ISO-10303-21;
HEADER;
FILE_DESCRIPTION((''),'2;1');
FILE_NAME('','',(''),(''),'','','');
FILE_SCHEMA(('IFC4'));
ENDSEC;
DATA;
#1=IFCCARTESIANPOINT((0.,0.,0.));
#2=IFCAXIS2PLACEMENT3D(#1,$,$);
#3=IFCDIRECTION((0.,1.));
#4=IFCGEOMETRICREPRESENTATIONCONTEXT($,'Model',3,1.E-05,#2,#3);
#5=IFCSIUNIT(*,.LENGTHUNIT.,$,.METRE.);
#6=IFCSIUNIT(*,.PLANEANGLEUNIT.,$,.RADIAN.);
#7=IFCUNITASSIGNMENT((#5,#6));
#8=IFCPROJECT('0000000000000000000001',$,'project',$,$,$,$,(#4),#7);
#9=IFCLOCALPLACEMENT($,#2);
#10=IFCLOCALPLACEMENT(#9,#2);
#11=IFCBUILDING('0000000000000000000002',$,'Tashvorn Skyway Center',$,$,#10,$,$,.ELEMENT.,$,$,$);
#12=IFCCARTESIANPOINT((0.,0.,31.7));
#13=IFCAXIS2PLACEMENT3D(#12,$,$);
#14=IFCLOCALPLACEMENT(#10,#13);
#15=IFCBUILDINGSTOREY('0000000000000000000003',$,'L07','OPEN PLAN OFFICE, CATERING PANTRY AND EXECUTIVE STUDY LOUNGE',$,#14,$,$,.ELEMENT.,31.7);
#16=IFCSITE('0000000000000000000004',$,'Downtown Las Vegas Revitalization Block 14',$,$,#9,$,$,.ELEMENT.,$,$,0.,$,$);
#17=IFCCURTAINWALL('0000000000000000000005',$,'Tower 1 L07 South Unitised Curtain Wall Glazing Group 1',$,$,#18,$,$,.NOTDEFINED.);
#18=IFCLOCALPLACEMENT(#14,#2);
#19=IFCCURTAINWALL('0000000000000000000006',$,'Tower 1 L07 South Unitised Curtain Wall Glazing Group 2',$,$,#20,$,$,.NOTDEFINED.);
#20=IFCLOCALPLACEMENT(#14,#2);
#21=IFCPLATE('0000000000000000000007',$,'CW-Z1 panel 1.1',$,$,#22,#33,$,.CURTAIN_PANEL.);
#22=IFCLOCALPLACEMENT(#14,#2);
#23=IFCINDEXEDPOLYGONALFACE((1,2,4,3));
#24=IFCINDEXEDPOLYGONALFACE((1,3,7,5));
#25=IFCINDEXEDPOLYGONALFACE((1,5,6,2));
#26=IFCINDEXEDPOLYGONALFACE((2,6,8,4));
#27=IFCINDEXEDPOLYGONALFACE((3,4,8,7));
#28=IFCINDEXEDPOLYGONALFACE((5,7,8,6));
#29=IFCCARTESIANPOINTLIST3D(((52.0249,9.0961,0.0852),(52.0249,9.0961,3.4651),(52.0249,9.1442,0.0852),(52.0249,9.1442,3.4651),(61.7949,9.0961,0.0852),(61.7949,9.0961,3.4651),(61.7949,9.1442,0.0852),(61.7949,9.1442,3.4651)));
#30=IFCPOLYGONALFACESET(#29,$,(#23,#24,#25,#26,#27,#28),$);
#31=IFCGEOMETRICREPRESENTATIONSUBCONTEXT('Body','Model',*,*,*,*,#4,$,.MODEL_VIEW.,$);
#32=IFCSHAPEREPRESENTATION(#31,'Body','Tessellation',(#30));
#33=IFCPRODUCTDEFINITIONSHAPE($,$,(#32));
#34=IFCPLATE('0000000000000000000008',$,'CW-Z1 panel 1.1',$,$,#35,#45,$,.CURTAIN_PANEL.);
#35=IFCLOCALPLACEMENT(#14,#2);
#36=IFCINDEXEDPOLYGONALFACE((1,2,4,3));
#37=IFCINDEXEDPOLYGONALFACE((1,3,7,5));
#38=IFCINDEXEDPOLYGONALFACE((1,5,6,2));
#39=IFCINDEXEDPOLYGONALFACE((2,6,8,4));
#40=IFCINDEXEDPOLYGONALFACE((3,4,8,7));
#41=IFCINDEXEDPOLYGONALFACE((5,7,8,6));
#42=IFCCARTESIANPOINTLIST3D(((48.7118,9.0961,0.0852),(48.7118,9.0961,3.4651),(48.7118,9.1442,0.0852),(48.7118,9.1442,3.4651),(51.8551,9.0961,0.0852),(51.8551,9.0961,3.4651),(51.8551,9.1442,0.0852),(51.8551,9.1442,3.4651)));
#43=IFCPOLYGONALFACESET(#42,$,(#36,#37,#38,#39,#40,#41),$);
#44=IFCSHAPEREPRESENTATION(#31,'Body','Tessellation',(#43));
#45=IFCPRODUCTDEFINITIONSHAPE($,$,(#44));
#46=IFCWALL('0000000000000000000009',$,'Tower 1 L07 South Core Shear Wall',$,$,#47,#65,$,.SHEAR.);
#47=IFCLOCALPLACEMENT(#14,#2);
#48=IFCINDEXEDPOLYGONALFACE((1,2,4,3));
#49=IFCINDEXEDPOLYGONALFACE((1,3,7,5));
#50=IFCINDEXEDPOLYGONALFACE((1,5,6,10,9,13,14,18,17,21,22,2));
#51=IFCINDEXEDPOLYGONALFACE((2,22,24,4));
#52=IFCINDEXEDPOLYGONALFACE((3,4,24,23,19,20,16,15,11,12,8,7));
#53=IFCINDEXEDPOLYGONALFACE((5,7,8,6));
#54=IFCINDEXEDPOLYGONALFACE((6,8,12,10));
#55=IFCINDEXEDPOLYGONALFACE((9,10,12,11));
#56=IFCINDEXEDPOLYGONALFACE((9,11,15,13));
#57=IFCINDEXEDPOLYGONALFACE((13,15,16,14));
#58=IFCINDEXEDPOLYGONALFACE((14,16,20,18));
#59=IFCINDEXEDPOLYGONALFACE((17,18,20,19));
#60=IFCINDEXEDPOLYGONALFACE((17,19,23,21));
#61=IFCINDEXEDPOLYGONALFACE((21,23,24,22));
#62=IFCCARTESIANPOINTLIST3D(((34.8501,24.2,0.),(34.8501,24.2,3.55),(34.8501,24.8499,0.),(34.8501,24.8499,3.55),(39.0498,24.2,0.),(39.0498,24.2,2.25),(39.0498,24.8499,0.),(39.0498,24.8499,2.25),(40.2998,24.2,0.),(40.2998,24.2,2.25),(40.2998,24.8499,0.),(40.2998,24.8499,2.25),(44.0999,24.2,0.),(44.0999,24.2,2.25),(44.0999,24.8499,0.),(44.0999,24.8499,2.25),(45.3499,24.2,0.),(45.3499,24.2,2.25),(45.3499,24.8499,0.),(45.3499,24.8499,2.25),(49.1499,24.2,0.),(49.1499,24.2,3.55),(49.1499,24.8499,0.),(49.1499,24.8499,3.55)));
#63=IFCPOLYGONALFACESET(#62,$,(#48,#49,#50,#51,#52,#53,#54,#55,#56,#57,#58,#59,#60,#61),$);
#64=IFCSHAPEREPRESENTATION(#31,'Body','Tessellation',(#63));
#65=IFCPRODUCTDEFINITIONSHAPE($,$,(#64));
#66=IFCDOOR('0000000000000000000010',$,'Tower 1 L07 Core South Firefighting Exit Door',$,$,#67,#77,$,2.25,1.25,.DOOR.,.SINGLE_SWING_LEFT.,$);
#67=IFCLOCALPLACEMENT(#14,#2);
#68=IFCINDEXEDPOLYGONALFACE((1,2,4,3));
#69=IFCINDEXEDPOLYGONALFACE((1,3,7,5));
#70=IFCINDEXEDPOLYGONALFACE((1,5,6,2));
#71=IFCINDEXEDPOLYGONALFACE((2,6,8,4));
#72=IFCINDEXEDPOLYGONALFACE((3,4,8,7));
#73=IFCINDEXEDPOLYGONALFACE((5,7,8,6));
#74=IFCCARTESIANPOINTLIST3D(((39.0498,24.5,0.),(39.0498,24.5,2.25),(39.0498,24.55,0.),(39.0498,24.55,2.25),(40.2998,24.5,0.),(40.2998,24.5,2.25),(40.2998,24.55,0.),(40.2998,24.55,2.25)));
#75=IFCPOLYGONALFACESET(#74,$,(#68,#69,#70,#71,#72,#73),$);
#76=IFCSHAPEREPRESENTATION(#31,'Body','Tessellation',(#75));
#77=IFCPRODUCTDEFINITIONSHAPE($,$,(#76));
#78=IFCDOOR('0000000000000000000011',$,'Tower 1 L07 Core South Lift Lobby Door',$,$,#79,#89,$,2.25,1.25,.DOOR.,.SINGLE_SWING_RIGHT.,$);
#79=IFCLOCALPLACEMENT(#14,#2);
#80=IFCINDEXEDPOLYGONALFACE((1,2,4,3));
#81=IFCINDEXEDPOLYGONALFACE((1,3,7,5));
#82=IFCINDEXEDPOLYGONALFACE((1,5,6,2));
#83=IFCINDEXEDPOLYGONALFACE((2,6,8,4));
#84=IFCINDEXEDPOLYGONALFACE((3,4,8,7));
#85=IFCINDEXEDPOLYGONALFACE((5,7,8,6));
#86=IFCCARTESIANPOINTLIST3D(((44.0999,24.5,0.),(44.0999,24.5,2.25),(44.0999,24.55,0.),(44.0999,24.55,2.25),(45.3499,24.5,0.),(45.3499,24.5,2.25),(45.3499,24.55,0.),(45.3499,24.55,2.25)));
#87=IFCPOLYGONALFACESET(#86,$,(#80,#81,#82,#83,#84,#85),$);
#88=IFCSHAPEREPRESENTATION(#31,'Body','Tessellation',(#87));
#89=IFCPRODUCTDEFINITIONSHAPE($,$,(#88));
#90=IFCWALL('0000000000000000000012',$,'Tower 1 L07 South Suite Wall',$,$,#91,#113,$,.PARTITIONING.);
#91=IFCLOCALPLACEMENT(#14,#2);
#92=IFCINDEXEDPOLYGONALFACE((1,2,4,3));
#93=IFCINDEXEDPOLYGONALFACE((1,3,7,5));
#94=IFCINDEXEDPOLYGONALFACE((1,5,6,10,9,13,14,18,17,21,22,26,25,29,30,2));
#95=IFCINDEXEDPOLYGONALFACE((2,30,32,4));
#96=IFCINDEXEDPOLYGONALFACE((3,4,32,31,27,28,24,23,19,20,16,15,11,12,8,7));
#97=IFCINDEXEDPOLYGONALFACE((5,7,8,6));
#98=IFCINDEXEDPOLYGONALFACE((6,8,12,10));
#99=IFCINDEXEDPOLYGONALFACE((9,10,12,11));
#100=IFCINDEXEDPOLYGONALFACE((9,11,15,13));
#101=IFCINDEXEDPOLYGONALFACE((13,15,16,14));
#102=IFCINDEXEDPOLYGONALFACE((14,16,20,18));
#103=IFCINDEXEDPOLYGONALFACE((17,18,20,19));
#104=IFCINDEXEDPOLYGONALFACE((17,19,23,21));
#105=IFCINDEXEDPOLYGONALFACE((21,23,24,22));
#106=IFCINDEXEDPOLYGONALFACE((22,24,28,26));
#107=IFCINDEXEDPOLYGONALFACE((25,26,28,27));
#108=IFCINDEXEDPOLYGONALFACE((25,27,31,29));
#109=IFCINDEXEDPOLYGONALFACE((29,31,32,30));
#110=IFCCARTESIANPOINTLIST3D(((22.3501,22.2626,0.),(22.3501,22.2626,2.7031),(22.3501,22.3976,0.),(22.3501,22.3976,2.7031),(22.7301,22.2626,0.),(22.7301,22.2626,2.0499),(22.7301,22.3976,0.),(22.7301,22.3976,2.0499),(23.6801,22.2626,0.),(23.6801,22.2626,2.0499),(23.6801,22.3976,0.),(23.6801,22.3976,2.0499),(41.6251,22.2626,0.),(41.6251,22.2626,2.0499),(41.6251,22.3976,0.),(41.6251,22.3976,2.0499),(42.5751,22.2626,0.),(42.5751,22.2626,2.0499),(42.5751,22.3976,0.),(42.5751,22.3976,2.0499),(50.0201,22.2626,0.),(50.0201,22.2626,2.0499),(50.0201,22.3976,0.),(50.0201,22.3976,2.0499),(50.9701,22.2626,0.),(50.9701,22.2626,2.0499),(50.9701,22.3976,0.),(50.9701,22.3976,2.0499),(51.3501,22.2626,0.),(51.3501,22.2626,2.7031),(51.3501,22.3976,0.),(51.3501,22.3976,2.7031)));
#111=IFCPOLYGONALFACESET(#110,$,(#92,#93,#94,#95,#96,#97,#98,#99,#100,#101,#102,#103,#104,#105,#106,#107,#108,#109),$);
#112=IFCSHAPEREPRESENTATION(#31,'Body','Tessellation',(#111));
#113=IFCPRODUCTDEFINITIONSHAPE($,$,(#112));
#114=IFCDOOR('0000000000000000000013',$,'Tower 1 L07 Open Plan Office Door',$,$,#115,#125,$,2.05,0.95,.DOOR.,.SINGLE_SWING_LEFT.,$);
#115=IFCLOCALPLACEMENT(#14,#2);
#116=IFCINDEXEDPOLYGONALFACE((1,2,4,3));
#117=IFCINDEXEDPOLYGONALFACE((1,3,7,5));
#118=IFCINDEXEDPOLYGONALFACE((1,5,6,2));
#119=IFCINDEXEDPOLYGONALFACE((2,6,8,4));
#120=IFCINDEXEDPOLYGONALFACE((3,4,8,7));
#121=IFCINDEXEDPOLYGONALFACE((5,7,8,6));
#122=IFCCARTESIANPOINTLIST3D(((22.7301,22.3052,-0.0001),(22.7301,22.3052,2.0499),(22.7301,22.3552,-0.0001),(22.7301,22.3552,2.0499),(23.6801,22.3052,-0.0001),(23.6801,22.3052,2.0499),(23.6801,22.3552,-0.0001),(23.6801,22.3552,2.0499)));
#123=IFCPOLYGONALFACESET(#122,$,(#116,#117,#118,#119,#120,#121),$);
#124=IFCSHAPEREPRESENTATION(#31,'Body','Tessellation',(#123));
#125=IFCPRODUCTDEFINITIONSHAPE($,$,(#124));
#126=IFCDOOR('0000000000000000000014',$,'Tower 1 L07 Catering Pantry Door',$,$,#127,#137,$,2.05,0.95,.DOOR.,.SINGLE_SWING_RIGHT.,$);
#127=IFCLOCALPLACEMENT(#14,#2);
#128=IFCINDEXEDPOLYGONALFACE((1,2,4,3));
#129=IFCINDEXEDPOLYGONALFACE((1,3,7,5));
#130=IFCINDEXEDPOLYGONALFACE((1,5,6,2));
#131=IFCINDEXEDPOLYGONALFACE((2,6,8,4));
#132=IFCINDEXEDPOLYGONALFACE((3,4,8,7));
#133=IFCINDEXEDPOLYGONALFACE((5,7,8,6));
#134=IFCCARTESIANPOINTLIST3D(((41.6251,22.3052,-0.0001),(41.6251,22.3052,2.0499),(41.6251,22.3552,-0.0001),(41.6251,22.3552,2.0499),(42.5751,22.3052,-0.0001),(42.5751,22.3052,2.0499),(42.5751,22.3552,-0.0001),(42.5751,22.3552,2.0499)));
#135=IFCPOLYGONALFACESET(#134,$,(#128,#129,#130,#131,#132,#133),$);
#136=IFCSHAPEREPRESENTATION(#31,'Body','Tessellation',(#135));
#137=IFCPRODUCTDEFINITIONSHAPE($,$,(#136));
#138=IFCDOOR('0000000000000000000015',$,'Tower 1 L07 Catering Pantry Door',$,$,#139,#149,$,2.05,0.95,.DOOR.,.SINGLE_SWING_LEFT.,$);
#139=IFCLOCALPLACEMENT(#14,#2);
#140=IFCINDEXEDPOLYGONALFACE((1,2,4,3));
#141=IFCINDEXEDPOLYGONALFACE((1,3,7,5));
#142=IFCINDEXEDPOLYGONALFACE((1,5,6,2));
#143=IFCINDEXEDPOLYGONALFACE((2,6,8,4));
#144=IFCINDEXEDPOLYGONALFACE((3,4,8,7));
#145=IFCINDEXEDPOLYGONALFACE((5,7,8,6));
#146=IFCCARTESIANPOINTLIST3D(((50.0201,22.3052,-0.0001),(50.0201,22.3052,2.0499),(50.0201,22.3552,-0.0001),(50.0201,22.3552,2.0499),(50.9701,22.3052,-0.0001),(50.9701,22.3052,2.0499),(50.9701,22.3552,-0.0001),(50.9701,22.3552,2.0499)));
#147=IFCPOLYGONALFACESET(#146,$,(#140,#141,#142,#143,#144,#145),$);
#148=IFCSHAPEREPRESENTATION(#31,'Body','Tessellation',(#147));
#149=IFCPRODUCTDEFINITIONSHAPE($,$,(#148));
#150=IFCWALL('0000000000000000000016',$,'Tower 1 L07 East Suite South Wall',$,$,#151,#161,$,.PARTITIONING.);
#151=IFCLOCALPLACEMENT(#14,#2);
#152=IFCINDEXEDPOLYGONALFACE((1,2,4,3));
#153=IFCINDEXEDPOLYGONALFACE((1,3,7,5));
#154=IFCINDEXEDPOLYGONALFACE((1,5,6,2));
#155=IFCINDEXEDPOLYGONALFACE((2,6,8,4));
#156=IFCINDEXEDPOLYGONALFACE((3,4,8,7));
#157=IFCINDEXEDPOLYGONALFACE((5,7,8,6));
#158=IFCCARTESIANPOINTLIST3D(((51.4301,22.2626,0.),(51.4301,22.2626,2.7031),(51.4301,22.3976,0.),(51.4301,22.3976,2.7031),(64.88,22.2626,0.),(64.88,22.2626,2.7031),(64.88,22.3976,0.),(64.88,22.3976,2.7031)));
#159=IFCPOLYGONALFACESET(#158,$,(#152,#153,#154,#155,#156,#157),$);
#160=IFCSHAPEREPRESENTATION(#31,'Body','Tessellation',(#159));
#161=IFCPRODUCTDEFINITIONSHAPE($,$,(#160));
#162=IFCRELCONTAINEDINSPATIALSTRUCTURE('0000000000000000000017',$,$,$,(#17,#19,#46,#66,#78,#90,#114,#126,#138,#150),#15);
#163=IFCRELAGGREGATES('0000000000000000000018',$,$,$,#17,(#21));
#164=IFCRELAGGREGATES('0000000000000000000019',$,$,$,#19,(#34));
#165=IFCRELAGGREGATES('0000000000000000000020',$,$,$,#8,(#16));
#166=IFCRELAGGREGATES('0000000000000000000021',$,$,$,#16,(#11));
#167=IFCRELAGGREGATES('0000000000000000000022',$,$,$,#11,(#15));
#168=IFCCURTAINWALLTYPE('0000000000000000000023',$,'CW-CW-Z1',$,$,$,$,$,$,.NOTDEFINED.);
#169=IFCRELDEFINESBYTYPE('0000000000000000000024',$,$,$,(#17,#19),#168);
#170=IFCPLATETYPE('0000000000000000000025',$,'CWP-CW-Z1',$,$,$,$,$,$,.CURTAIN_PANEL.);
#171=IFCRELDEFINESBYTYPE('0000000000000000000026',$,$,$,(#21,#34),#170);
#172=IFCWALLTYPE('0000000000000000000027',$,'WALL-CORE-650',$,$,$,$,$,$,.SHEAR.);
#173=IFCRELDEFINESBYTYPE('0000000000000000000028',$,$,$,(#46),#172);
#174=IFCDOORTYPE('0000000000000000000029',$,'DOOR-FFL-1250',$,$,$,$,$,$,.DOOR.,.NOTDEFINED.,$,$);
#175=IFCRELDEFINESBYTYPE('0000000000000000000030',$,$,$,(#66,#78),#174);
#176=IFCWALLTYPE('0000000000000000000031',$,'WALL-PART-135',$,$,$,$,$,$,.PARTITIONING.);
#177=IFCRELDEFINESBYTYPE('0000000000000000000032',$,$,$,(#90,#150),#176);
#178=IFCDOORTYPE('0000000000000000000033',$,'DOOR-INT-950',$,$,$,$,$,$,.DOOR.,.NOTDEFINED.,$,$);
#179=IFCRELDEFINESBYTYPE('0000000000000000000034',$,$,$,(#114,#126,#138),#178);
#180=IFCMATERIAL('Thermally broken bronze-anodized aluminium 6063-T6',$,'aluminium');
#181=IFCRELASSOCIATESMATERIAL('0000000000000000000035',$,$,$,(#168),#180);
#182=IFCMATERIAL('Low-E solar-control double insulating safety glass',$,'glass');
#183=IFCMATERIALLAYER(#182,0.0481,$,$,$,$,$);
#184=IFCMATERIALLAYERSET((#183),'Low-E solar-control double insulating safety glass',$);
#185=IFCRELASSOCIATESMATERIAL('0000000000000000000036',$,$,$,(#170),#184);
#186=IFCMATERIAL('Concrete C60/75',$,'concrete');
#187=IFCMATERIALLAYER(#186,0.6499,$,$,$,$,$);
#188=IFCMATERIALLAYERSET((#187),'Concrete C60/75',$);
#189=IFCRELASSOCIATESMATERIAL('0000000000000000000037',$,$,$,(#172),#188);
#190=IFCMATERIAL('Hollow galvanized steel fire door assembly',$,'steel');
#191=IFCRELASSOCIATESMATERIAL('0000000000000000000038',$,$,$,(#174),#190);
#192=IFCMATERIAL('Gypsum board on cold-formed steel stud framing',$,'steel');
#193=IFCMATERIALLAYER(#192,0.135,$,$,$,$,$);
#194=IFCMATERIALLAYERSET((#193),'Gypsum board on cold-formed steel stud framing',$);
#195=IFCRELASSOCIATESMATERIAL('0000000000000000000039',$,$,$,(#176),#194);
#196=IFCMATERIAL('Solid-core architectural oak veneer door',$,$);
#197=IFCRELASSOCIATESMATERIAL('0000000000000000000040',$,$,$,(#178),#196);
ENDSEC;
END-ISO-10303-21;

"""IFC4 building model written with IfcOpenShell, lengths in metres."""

from ifc_helpers import new_model, si_unit, direction, frame, frame_2d, origin, origin_2d, place, context, subcontext, project, spatial, rectangle, extrude, material, layer, layer_set, type_object, element, fill, aggregate, save


model = new_model("IFC4")

# Units and contexts
model_context = context("Model", 3, precision=1e-05, world=origin(), true_north=direction((0.0, 1.0)))
body_context = subcontext(model_context, "Body", "Model", "MODEL_VIEW")
ifc_project = project(units=[si_unit("LENGTHUNIT", "METRE"), si_unit("PLANEANGLEUNIT", "RADIAN")], contexts=[model_context])

# Site, building, storey
site_placement = place(None, origin())
site = spatial("IfcSite", under=ifc_project, at=site_placement, Name="Downtown Las Vegas Revitalization Block 14", CompositionType="ELEMENT", RefElevation=0.0)
building_placement = place(site_placement, origin())
building = spatial("IfcBuilding", under=site, at=building_placement, Name="Tashvorn Skyway Center", CompositionType="ELEMENT")
storey_placement = place(building_placement, frame((0.0, 0.0, 31.7)))
storey = spatial("IfcBuildingStorey", under=building, at=storey_placement, Name="L07", Description="OPEN PLAN OFFICE, CATERING PANTRY AND EXECUTIVE STUDY LOUNGE", CompositionType="ELEMENT", Elevation=31.7)

# Curtain walls
ifc_material_1 = material(Name="Thermally broken bronze-anodized aluminium 6063-T6", Category="aluminium")
curtain_wall_type = type_object("IfcCurtainWallType", Name="CW-CW-Z1", PredefinedType="NOTDEFINED", material=ifc_material_1)
curtain_wall_1_placement = place(storey_placement, origin())
curtain_wall_1 = element("IfcCurtainWall", 1, at=curtain_wall_1_placement, inside=storey, type_object=curtain_wall_type, Name="Tower 1 L07 South Unitised Curtain Wall Glazing Group 1", PredefinedType="NOTDEFINED")
curtain_wall_2_placement = place(storey_placement, origin())
curtain_wall_2 = element("IfcCurtainWall", 2, at=curtain_wall_2_placement, inside=storey, type_object=curtain_wall_type, Name="Tower 1 L07 South Unitised Curtain Wall Glazing Group 2", PredefinedType="NOTDEFINED")

# Plates
ifc_material_2 = material(Name="Low-E solar-control double insulating safety glass", Category="glass")
ifc_layer_1 = layer(ifc_material_2, 0.0481)
ifc_layer_set_1 = layer_set([ifc_layer_1], Name="Low-E solar-control double insulating safety glass")
plate_type = type_object("IfcPlateType", Name="CWP-CW-Z1", PredefinedType="CURTAIN_PANEL", material=ifc_layer_set_1)
plate_1_placement = place(storey_placement, frame((56.9099, 9.1201, 0.0852), z_axis=(0.0, 0.0, 1.0), x_axis=(-1.0, 0.0, 0.0)))
plate_1 = element("IfcPlate", 3, at=plate_1_placement, type_object=plate_type, Name="CW-Z1 panel 1.1", PredefinedType="CURTAIN_PANEL", context=body_context, shape_type="SweptSolid", body=[
    extrude(rectangle(XDim=9.77, YDim=0.0481, at=origin_2d()), origin(), (0.0, 0.0, 1.0), 3.3799),
])
aggregate(curtain_wall_1, [plate_1])
plate_2_placement = place(storey_placement, frame((50.2834, 9.1201, 0.0852), z_axis=(0.0, 0.0, 1.0), x_axis=(-1.0, 0.0, 0.0)))
plate_2 = element("IfcPlate", 4, at=plate_2_placement, type_object=plate_type, Name="CW-Z1 panel 1.1", PredefinedType="CURTAIN_PANEL", context=body_context, shape_type="SweptSolid", body=[
    extrude(rectangle(XDim=3.1433, YDim=0.0481, at=origin_2d()), origin(), (0.0, 0.0, 1.0), 3.3799),
])
aggregate(curtain_wall_2, [plate_2])

# Walls, openings, doors
ifc_material_3 = material(Name="Concrete C60/75", Category="concrete")
ifc_layer_2 = layer(ifc_material_3, 0.6499)
ifc_layer_set_2 = layer_set([ifc_layer_2], Name="Concrete C60/75")
wall_type_1 = type_object("IfcWallType", Name="WALL-CORE-650", PredefinedType="SHEAR", material=ifc_layer_set_2)
wall_1_placement = place(storey_placement, frame((49.1499, 24.5249, 0.0), z_axis=(0.0, 0.0, 1.0), x_axis=(-1.0, 0.0, 0.0)))
wall_1 = element("IfcWall", 5, at=wall_1_placement, inside=storey, type_object=wall_type_1, Name="Tower 1 L07 South Core Shear Wall", PredefinedType="SHEAR", context=body_context, shape_type="SweptSolid", body=[
    extrude(rectangle(XDim=14.2998, YDim=0.6499, at=frame_2d((7.1499, 0.0))), origin(), (0.0, 0.0, 1.0), 3.55),
])
opening_1_placement = place(wall_1_placement, frame((8.8501, 0.0, 0.0)))
opening_1 = element("IfcOpeningElement", 6, at=opening_1_placement, cuts=wall_1, PredefinedType="OPENING", context=body_context, shape_type="SweptSolid", body=[
    extrude(rectangle(XDim=1.25, YDim=2.25, at=frame_2d((0.625, 1.125))), frame((0.0, 0.335, 0.0), z_axis=(0.0, -1.0, 0.0), x_axis=(1.0, 0.0, 0.0)), (0.0, 0.0, 1.0), 0.6699),
])
opening_2_placement = place(wall_1_placement, frame((3.8, 0.0, 0.0)))
opening_2 = element("IfcOpeningElement", 7, at=opening_2_placement, cuts=wall_1, PredefinedType="OPENING", context=body_context, shape_type="SweptSolid", body=[
    extrude(rectangle(XDim=1.25, YDim=2.25, at=frame_2d((0.625, 1.125))), frame((0.0, 0.335, 0.0), z_axis=(0.0, -1.0, 0.0), x_axis=(1.0, 0.0, 0.0)), (0.0, 0.0, 1.0), 0.6699),
])
ifc_material_4 = material(Name="Hollow galvanized steel fire door assembly", Category="steel")
door_type_1 = type_object("IfcDoorType", Name="DOOR-FFL-1250", OperationType="NOTDEFINED", PredefinedType="DOOR", material=ifc_material_4)
door_1_placement = place(opening_1_placement, origin())
door_1 = element("IfcDoor", 8, at=door_1_placement, inside=storey, type_object=door_type_1, Name="Tower 1 L07 Core South Firefighting Exit Door", OperationType="SINGLE_SWING_LEFT", OverallHeight=2.25, OverallWidth=1.25, PredefinedType="DOOR", context=body_context, shape_type="SweptSolid", body=[
    extrude(rectangle(XDim=1.25, YDim=2.25, at=frame_2d((0.625, 1.125))), frame((0.0, 0.0249, 0.0), z_axis=(0.0, -1.0, 0.0), x_axis=(1.0, 0.0, 0.0)), (0.0, 0.0, 1.0), 0.05),
])
fill(opening_1, door_1)
door_2_placement = place(opening_2_placement, origin())
door_2 = element("IfcDoor", 9, at=door_2_placement, inside=storey, type_object=door_type_1, Name="Tower 1 L07 Core South Lift Lobby Door", OperationType="SINGLE_SWING_RIGHT", OverallHeight=2.25, OverallWidth=1.25, PredefinedType="DOOR", context=body_context, shape_type="SweptSolid", body=[
    extrude(rectangle(XDim=1.25, YDim=2.25, at=frame_2d((0.625, 1.125))), frame((0.0, 0.0249, 0.0), z_axis=(0.0, -1.0, 0.0), x_axis=(1.0, 0.0, 0.0)), (0.0, 0.0, 1.0), 0.05),
])
fill(opening_2, door_2)
ifc_material_5 = material(Name="Gypsum board on cold-formed steel stud framing", Category="steel")
ifc_layer_3 = layer(ifc_material_5, 0.135)
ifc_layer_set_3 = layer_set([ifc_layer_3], Name="Gypsum board on cold-formed steel stud framing")
wall_type_2 = type_object("IfcWallType", Name="WALL-PART-135", PredefinedType="PARTITIONING", material=ifc_layer_set_3)
wall_2_placement = place(storey_placement, frame((51.3501, 22.3301, 0.0), z_axis=(0.0, 0.0, 1.0), x_axis=(-1.0, 0.0, 0.0)))
wall_2 = element("IfcWall", 10, at=wall_2_placement, inside=storey, type_object=wall_type_2, Name="Tower 1 L07 South Suite Wall", PredefinedType="PARTITIONING", context=body_context, shape_type="SweptSolid", body=[
    extrude(rectangle(XDim=29.0, YDim=0.135, at=frame_2d((14.5, 0.0))), origin(), (0.0, 0.0, 1.0), 2.7031),
])
opening_3_placement = place(wall_2_placement, frame((27.6699, 0.0, 0.0)))
opening_3 = element("IfcOpeningElement", 11, at=opening_3_placement, cuts=wall_2, PredefinedType="OPENING", context=body_context, shape_type="SweptSolid", body=[
    extrude(rectangle(XDim=0.95, YDim=2.05, at=frame_2d((0.4751, 1.0249))), frame((0.0, 0.0774, 0.0), z_axis=(0.0, -1.0, 0.0), x_axis=(1.0, 0.0, 0.0)), (0.0, 0.0, 1.0), 0.155),
])
opening_4_placement = place(wall_2_placement, frame((8.7749, 0.0, 0.0)))
opening_4 = element("IfcOpeningElement", 12, at=opening_4_placement, cuts=wall_2, PredefinedType="OPENING", context=body_context, shape_type="SweptSolid", body=[
    extrude(rectangle(XDim=0.95, YDim=2.05, at=frame_2d((0.4751, 1.0249))), frame((0.0, 0.0774, 0.0), z_axis=(0.0, -1.0, 0.0), x_axis=(1.0, 0.0, 0.0)), (0.0, 0.0, 1.0), 0.155),
])
opening_5_placement = place(wall_2_placement, frame((0.3799, 0.0, 0.0)))
opening_5 = element("IfcOpeningElement", 13, at=opening_5_placement, cuts=wall_2, PredefinedType="OPENING", context=body_context, shape_type="SweptSolid", body=[
    extrude(rectangle(XDim=0.95, YDim=2.05, at=frame_2d((0.4751, 1.0249))), frame((0.0, 0.0774, 0.0), z_axis=(0.0, -1.0, 0.0), x_axis=(1.0, 0.0, 0.0)), (0.0, 0.0, 1.0), 0.155),
])
ifc_material_6 = material(Name="Solid-core architectural oak veneer door")
door_type_2 = type_object("IfcDoorType", Name="DOOR-INT-950", OperationType="NOTDEFINED", PredefinedType="DOOR", material=ifc_material_6)
door_3_placement = place(opening_3_placement, origin())
door_3 = element("IfcDoor", 14, at=door_3_placement, inside=storey, type_object=door_type_2, Name="Tower 1 L07 Open Plan Office Door", OperationType="SINGLE_SWING_LEFT", OverallHeight=2.05, OverallWidth=0.95, PredefinedType="DOOR", context=body_context, shape_type="SweptSolid", body=[
    extrude(rectangle(XDim=0.95, YDim=2.05, at=frame_2d((0.4751, 1.0249))), frame((0.0, 0.0249, 0.0), z_axis=(0.0, -1.0, 0.0), x_axis=(1.0, 0.0, 0.0)), (0.0, 0.0, 1.0), 0.05),
])
fill(opening_3, door_3)
door_4_placement = place(opening_4_placement, origin())
door_4 = element("IfcDoor", 15, at=door_4_placement, inside=storey, type_object=door_type_2, Name="Tower 1 L07 Catering Pantry Door", OperationType="SINGLE_SWING_RIGHT", OverallHeight=2.05, OverallWidth=0.95, PredefinedType="DOOR", context=body_context, shape_type="SweptSolid", body=[
    extrude(rectangle(XDim=0.95, YDim=2.05, at=frame_2d((0.4751, 1.0249))), frame((0.0, 0.0249, 0.0), z_axis=(0.0, -1.0, 0.0), x_axis=(1.0, 0.0, 0.0)), (0.0, 0.0, 1.0), 0.05),
])
fill(opening_4, door_4)
door_5_placement = place(opening_5_placement, origin())
door_5 = element("IfcDoor", 16, at=door_5_placement, inside=storey, type_object=door_type_2, Name="Tower 1 L07 Catering Pantry Door", OperationType="SINGLE_SWING_LEFT", OverallHeight=2.05, OverallWidth=0.95, PredefinedType="DOOR", context=body_context, shape_type="SweptSolid", body=[
    extrude(rectangle(XDim=0.95, YDim=2.05, at=frame_2d((0.4751, 1.0249))), frame((0.0, 0.0249, 0.0), z_axis=(0.0, -1.0, 0.0), x_axis=(1.0, 0.0, 0.0)), (0.0, 0.0, 1.0), 0.05),
])
fill(opening_5, door_5)

# Wall
wall_3_placement = place(storey_placement, frame((51.4299, 22.3301, 0.0), z_axis=(0.0, 0.0, 1.0), x_axis=(1.0, 0.0, 0.0)))
element("IfcWall", 17, at=wall_3_placement, inside=storey, type_object=wall_type_2, Name="Tower 1 L07 East Suite South Wall", PredefinedType="PARTITIONING", context=body_context, shape_type="SweptSolid", body=[
    extrude(rectangle(XDim=13.45, YDim=0.135, at=frame_2d((6.7251, 0.0))), origin(), (0.0, 0.0, 1.0), 2.7031),
])

save(model, "model.ifc")
